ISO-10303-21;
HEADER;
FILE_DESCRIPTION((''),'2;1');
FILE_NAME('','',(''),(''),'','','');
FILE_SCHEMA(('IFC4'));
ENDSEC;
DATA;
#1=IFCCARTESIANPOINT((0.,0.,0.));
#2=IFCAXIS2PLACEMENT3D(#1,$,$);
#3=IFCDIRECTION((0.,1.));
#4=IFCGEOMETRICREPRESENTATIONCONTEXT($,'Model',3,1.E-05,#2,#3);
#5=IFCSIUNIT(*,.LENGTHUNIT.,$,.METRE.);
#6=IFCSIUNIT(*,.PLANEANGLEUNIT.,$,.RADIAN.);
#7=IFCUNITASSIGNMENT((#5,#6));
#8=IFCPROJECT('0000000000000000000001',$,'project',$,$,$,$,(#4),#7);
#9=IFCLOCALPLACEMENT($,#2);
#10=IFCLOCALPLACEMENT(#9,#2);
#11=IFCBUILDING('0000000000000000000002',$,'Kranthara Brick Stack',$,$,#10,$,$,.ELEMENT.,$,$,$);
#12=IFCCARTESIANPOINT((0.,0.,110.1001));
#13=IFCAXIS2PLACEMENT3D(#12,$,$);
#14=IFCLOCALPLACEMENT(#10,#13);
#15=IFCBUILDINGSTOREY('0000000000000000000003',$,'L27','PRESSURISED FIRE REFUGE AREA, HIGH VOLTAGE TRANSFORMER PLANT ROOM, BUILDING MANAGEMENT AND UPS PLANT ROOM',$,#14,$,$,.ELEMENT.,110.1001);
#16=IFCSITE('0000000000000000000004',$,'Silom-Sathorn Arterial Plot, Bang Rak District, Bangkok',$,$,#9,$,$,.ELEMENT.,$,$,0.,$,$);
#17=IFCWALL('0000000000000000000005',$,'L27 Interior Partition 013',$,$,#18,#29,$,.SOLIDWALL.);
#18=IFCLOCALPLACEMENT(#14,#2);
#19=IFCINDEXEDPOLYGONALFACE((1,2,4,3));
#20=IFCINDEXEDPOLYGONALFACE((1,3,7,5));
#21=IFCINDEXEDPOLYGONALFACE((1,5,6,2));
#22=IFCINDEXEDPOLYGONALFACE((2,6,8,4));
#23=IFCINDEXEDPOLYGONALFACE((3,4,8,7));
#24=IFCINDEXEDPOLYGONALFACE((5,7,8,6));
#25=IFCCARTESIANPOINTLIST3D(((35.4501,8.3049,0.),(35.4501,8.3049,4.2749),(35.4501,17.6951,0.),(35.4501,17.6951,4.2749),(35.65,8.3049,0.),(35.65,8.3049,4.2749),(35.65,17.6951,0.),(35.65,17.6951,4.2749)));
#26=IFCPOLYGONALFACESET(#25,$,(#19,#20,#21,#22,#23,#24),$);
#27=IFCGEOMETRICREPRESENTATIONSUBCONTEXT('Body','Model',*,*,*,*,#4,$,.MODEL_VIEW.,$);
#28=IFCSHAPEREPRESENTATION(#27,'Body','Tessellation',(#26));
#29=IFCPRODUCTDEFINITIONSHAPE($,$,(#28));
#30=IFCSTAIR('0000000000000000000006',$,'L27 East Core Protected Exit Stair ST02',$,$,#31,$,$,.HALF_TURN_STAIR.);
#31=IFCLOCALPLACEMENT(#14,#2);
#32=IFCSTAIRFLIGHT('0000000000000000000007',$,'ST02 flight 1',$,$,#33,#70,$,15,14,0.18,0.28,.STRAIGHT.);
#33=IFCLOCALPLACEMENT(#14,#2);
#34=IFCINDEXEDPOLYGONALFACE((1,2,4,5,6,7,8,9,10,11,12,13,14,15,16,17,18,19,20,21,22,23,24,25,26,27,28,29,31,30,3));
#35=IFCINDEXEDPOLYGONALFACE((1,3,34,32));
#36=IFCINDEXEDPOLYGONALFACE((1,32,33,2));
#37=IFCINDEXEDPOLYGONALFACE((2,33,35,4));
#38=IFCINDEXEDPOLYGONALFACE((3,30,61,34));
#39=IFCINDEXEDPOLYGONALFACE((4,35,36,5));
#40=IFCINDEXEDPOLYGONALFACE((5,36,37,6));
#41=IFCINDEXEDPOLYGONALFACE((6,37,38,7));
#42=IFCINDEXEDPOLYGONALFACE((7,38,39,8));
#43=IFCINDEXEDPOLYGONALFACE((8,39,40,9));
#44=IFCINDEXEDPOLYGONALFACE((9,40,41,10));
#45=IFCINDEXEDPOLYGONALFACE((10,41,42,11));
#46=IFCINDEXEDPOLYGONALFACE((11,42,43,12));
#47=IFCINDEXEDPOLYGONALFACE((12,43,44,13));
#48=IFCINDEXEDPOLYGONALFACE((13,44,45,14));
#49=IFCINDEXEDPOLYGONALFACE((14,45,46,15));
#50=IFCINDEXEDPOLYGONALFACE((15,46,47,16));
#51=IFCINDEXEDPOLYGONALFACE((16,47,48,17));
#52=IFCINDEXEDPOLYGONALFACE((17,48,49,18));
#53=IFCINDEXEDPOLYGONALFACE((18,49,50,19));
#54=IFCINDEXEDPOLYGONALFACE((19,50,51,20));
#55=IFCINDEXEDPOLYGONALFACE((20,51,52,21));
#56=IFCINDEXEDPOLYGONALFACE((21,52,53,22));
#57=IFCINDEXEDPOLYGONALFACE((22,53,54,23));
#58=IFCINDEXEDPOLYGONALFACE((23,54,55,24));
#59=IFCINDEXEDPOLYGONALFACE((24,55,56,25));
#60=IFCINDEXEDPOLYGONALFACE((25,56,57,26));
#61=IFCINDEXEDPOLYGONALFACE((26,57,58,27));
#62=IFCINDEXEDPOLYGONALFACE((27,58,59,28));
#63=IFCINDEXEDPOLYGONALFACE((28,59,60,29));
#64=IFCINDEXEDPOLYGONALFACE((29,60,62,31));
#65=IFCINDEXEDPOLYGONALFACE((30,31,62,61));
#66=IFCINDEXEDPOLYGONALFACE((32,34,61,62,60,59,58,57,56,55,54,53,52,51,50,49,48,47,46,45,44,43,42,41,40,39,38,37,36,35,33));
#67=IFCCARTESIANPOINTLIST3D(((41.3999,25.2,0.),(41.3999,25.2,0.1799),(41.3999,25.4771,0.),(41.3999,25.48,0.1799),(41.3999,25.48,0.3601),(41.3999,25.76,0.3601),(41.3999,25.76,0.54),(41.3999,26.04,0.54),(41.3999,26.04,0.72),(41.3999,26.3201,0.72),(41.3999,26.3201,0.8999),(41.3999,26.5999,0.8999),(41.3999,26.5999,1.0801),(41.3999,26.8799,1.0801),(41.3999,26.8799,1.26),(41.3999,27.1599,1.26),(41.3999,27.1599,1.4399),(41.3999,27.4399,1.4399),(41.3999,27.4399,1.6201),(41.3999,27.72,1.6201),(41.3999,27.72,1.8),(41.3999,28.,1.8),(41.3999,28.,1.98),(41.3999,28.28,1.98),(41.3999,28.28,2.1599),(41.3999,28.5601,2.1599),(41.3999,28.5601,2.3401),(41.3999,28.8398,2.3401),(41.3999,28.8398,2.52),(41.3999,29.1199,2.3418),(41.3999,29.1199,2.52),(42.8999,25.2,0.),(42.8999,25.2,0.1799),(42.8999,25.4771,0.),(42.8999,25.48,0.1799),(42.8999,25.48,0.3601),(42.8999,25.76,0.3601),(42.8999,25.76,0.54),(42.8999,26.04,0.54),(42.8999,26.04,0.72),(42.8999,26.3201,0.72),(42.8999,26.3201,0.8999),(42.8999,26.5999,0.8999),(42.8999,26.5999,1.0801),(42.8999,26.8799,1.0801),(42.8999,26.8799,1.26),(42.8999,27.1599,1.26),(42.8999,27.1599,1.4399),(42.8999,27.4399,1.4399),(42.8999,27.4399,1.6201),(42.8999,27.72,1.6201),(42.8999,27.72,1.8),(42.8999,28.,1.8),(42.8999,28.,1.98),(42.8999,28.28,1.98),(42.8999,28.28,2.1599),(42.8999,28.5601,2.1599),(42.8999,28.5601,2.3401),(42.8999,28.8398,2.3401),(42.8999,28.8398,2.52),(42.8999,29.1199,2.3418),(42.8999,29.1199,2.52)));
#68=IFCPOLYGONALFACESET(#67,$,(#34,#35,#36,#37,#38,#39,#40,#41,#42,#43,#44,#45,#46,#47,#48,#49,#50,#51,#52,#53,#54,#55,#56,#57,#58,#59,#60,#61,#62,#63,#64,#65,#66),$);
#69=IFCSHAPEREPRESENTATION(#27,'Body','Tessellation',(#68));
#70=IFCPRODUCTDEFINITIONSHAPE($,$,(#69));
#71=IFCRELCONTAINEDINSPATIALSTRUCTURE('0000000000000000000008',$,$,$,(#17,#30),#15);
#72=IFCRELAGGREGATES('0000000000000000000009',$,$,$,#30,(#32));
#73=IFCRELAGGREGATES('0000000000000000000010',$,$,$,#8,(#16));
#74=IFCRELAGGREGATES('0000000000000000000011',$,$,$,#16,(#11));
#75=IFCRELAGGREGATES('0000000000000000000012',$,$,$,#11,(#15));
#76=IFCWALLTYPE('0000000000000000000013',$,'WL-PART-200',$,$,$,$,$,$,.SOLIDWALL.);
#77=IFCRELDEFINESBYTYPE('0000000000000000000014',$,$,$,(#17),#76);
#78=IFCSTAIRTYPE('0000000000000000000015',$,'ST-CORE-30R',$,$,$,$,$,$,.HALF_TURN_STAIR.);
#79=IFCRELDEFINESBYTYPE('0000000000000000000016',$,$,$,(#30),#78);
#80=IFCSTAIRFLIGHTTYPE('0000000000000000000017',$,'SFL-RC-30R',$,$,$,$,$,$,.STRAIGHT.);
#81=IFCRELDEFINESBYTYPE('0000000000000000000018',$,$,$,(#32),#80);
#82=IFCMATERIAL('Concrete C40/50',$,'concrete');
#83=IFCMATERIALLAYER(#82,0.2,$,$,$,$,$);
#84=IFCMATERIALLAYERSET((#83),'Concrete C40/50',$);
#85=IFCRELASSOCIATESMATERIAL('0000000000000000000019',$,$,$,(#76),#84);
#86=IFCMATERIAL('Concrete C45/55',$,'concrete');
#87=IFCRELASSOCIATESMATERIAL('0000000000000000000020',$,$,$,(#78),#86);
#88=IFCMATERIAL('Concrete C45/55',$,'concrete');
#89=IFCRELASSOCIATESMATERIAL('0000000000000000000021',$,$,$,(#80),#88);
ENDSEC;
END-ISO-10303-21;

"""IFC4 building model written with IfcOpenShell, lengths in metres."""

from ifc_helpers import new_model, si_unit, direction, frame, frame_2d, origin, place, context, subcontext, project, spatial, polyline, rectangle, outline, extrude, material, layer, layer_set, type_object, element, aggregate, save


model = new_model("IFC4")

# Units and contexts
model_context = context("Model", 3, precision=1e-05, world=origin(), true_north=direction((0.0, 1.0)))
body_context = subcontext(model_context, "Body", "Model", "MODEL_VIEW")
ifc_project = project(units=[si_unit("LENGTHUNIT", "METRE"), si_unit("PLANEANGLEUNIT", "RADIAN")], contexts=[model_context])

# Site, building, storey
site_placement = place(None, origin())
site = spatial("IfcSite", under=ifc_project, at=site_placement, Name="Silom-Sathorn Arterial Plot, Bang Rak District, Bangkok", CompositionType="ELEMENT", RefElevation=0.0)
building_placement = place(site_placement, origin())
building = spatial("IfcBuilding", under=site, at=building_placement, Name="Kranthara Brick Stack", CompositionType="ELEMENT")
storey_placement = place(building_placement, frame((0.0, 0.0, 110.1001)))
storey = spatial("IfcBuildingStorey", under=building, at=storey_placement, Name="L27", Description="PRESSURISED FIRE REFUGE AREA, HIGH VOLTAGE TRANSFORMER PLANT ROOM, BUILDING MANAGEMENT AND UPS PLANT ROOM", CompositionType="ELEMENT", Elevation=110.1001)

# Wall
ifc_material_1 = material(Name="Concrete C40/50", Category="concrete")
ifc_layer_1 = layer(ifc_material_1, 0.2)
ifc_layer_set_1 = layer_set([ifc_layer_1], Name="Concrete C40/50")
wall_type_1 = type_object("IfcWallType", Name="WL-PART-200", PredefinedType="SOLIDWALL", material=ifc_layer_set_1)
wall_1_placement = place(storey_placement, frame((35.55, 8.3049, 0.0), z_axis=(0.0, 0.0, 1.0), x_axis=(0.0, 1.0, 0.0)))
element("IfcWall", 1, at=wall_1_placement, inside=storey, type_object=wall_type_1, Name="L27 Interior Partition 013", PredefinedType="SOLIDWALL", context=body_context, shape_type="SweptSolid", body=[
    extrude(rectangle(XDim=9.3901, YDim=0.2, at=frame_2d((4.6951, 0.0))), origin(), (0.0, 0.0, 1.0), 4.2749),
])

# Stair, stair flight
ifc_material_2 = material(Name="Concrete C45/55", Category="concrete")
stair_type = type_object("IfcStairType", Name="ST-CORE-30R", PredefinedType="HALF_TURN_STAIR", material=ifc_material_2)
stair_placement = place(storey_placement, origin())
stair = element("IfcStair", 2, at=stair_placement, inside=storey, type_object=stair_type, Name="L27 East Core Protected Exit Stair ST02", PredefinedType="HALF_TURN_STAIR")
ifc_material_3 = material(Name="Concrete C45/55", Category="concrete")
stair_flight_type = type_object("IfcStairFlightType", Name="SFL-RC-30R", PredefinedType="STRAIGHT", material=ifc_material_3)
stair_flight_placement = place(storey_placement, frame((42.1499, 25.2, 0.0), z_axis=(0.0, 0.0, 1.0), x_axis=(0.0, 1.0, 0.0)))
stair_flight = element("IfcStairFlight", 3, at=stair_flight_placement, type_object=stair_flight_type, Name="ST02 flight 1", NumberOfRisers=15, NumberOfTreads=14, PredefinedType="STRAIGHT", RiserHeight=0.18, TreadLength=0.28, context=body_context, shape_type="SweptSolid", body=[
    extrude(outline(polyline([(0.0, 0.0), (0.0, 0.1799), (0.28, 0.1799), (0.28, 0.3601), (0.5601, 0.3601), (0.5601, 0.54), (0.8401, 0.54), (0.8401, 0.72), (1.1201, 0.72), (1.1201, 0.8999), (1.3999, 0.8999), (1.3999, 1.0801), (1.6799, 1.0801), (1.6799, 1.26), (1.96, 1.26), (1.96, 1.4399), (2.24, 1.4399), (2.24, 1.6201), (2.52, 1.6201), (2.52, 1.8), (2.8, 1.8), (2.8, 1.98), (3.0801, 1.98), (3.0801, 2.1599), (3.3601, 2.1599), (3.3601, 2.3401), (3.6399, 2.3401), (3.6399, 2.52), (3.9199, 2.52), (3.9199, 2.7), (3.9199, 2.3418), (0.2771, 0.0), (0.0, 0.0)])), frame((0.0, 0.75, 0.0), z_axis=(0.0, -1.0, 0.0), x_axis=(1.0, 0.0, 0.0)), (0.0, 0.0, 1.0), 1.5),
])
aggregate(stair, [stair_flight])

save(model, "model.ifc")
